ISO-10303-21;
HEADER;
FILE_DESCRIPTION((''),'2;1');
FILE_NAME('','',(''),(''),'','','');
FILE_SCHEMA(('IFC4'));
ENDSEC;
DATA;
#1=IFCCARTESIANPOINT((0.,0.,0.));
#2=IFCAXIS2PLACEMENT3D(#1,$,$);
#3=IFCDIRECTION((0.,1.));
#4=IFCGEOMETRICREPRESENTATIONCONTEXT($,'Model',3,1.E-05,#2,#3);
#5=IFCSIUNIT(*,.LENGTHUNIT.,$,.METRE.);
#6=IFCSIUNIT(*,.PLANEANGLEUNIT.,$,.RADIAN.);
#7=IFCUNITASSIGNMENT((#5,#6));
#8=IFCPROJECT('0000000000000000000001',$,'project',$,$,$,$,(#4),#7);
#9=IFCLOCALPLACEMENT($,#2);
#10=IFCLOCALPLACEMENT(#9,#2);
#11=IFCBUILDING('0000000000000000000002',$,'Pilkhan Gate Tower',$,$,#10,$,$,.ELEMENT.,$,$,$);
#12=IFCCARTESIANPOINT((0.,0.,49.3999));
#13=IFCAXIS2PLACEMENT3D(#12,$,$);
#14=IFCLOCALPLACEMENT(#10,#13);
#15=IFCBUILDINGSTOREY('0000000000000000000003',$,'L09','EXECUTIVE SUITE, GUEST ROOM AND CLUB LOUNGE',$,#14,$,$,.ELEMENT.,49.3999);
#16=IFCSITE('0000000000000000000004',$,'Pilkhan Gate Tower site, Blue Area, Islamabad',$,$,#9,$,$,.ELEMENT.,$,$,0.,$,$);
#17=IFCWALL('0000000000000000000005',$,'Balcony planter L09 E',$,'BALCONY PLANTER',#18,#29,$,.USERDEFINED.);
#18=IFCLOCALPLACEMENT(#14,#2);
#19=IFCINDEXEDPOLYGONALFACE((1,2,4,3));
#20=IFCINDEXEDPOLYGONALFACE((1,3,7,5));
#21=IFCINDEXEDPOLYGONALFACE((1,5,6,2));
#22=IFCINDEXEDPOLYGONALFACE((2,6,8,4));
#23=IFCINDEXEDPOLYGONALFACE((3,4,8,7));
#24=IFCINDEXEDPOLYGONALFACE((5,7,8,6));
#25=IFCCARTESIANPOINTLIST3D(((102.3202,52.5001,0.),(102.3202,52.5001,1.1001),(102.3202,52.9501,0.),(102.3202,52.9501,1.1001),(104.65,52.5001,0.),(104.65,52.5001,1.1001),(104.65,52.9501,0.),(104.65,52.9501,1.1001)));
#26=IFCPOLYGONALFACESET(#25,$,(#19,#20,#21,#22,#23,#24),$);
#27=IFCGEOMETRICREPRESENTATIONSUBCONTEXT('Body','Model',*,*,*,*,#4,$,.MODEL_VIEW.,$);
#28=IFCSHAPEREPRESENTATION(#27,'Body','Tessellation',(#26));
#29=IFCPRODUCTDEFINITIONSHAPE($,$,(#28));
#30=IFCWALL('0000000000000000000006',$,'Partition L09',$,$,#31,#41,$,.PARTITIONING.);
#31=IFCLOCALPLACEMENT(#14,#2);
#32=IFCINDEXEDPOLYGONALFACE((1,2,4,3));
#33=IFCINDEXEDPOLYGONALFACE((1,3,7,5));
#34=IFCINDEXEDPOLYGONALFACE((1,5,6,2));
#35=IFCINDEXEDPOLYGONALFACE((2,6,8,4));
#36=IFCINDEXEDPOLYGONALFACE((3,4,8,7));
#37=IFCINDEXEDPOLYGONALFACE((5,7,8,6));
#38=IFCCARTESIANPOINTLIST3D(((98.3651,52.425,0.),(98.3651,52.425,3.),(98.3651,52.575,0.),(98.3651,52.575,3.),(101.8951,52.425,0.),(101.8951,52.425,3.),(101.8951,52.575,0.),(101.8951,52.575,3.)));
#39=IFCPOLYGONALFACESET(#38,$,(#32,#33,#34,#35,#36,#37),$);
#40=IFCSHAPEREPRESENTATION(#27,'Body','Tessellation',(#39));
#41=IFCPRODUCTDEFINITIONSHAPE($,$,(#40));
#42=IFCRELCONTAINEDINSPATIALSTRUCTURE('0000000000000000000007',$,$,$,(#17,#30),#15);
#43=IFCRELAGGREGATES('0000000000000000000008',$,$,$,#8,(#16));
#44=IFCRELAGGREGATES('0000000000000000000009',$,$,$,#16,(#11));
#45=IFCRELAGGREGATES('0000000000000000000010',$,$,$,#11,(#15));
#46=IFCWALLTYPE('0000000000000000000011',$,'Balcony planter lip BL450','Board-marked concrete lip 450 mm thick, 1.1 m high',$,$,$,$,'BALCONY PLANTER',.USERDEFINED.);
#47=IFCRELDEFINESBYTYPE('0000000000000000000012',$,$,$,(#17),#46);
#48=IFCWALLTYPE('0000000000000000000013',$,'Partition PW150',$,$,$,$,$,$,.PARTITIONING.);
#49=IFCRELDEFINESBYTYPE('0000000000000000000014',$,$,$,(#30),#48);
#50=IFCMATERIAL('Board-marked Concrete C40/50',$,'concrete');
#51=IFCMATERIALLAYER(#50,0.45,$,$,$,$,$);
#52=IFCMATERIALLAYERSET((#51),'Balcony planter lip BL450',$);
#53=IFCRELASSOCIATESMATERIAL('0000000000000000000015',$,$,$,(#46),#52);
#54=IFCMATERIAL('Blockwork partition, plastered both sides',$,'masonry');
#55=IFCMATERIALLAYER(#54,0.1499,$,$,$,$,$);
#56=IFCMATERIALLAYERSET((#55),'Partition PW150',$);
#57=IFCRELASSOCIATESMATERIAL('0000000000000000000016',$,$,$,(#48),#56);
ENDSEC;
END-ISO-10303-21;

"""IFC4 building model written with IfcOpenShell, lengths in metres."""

from ifc_helpers import new_model, si_unit, direction, frame, frame_2d, origin, place, context, subcontext, project, spatial, rectangle, extrude, material, layer, layer_set, type_object, element, save


model = new_model("IFC4")

# Units and contexts
model_context = context("Model", 3, precision=1e-05, world=origin(), true_north=direction((0.0, 1.0)))
body_context = subcontext(model_context, "Body", "Model", "MODEL_VIEW")
ifc_project = project(units=[si_unit("LENGTHUNIT", "METRE"), si_unit("PLANEANGLEUNIT", "RADIAN")], contexts=[model_context])

# Site, building, storey
site_placement = place(None, origin())
site = spatial("IfcSite", under=ifc_project, at=site_placement, Name="Pilkhan Gate Tower site, Blue Area, Islamabad", CompositionType="ELEMENT", RefElevation=0.0)
building_placement = place(site_placement, origin())
building = spatial("IfcBuilding", under=site, at=building_placement, Name="Pilkhan Gate Tower", CompositionType="ELEMENT")
storey_placement = place(building_placement, frame((0.0, 0.0, 49.3999)))
storey = spatial("IfcBuildingStorey", under=building, at=storey_placement, Name="L09", Description="EXECUTIVE SUITE, GUEST ROOM AND CLUB LOUNGE", CompositionType="ELEMENT", Elevation=49.3999)

# Walls
ifc_material_1 = material(Name="Board-marked Concrete C40/50", Category="concrete")
ifc_layer_1 = layer(ifc_material_1, 0.45)
ifc_layer_set_1 = layer_set([ifc_layer_1], Name="Balcony planter lip BL450")
wall_type_1 = type_object("IfcWallType", Name="Balcony planter lip BL450", Description="Board-marked concrete lip 450 mm thick, 1.1 m high", ElementType="BALCONY PLANTER", PredefinedType="USERDEFINED", material=ifc_layer_set_1)
wall_1_placement = place(storey_placement, frame((102.3201, 52.7251, 0.0), z_axis=(0.0, 0.0, 1.0), x_axis=(1.0, 0.0, 0.0)))
element("IfcWall", 1, at=wall_1_placement, inside=storey, type_object=wall_type_1, Name="Balcony planter L09 E", ObjectType="BALCONY PLANTER", PredefinedType="USERDEFINED", context=body_context, shape_type="SweptSolid", body=[
    extrude(rectangle(XDim=2.3298, YDim=0.45, at=frame_2d((1.165, 0.0))), origin(), (0.0, 0.0, 1.0), 1.1001),
])
ifc_material_2 = material(Name="Blockwork partition, plastered both sides", Category="masonry")
ifc_layer_2 = layer(ifc_material_2, 0.1499)
ifc_layer_set_2 = layer_set([ifc_layer_2], Name="Partition PW150")
wall_type_2 = type_object("IfcWallType", Name="Partition PW150", PredefinedType="PARTITIONING", material=ifc_layer_set_2)
wall_2_placement = place(storey_placement, frame((98.365, 52.5, 0.0), z_axis=(0.0, 0.0, 1.0), x_axis=(1.0, 0.0, 0.0)))
element("IfcWall", 2, at=wall_2_placement, inside=storey, type_object=wall_type_2, Name="Partition L09", PredefinedType="PARTITIONING", context=body_context, shape_type="SweptSolid", body=[
    extrude(rectangle(XDim=3.53, YDim=0.1499, at=frame_2d((1.7651, 0.0))), origin(), (0.0, 0.0, 1.0), 3.0),
])

save(model, "model.ifc")
